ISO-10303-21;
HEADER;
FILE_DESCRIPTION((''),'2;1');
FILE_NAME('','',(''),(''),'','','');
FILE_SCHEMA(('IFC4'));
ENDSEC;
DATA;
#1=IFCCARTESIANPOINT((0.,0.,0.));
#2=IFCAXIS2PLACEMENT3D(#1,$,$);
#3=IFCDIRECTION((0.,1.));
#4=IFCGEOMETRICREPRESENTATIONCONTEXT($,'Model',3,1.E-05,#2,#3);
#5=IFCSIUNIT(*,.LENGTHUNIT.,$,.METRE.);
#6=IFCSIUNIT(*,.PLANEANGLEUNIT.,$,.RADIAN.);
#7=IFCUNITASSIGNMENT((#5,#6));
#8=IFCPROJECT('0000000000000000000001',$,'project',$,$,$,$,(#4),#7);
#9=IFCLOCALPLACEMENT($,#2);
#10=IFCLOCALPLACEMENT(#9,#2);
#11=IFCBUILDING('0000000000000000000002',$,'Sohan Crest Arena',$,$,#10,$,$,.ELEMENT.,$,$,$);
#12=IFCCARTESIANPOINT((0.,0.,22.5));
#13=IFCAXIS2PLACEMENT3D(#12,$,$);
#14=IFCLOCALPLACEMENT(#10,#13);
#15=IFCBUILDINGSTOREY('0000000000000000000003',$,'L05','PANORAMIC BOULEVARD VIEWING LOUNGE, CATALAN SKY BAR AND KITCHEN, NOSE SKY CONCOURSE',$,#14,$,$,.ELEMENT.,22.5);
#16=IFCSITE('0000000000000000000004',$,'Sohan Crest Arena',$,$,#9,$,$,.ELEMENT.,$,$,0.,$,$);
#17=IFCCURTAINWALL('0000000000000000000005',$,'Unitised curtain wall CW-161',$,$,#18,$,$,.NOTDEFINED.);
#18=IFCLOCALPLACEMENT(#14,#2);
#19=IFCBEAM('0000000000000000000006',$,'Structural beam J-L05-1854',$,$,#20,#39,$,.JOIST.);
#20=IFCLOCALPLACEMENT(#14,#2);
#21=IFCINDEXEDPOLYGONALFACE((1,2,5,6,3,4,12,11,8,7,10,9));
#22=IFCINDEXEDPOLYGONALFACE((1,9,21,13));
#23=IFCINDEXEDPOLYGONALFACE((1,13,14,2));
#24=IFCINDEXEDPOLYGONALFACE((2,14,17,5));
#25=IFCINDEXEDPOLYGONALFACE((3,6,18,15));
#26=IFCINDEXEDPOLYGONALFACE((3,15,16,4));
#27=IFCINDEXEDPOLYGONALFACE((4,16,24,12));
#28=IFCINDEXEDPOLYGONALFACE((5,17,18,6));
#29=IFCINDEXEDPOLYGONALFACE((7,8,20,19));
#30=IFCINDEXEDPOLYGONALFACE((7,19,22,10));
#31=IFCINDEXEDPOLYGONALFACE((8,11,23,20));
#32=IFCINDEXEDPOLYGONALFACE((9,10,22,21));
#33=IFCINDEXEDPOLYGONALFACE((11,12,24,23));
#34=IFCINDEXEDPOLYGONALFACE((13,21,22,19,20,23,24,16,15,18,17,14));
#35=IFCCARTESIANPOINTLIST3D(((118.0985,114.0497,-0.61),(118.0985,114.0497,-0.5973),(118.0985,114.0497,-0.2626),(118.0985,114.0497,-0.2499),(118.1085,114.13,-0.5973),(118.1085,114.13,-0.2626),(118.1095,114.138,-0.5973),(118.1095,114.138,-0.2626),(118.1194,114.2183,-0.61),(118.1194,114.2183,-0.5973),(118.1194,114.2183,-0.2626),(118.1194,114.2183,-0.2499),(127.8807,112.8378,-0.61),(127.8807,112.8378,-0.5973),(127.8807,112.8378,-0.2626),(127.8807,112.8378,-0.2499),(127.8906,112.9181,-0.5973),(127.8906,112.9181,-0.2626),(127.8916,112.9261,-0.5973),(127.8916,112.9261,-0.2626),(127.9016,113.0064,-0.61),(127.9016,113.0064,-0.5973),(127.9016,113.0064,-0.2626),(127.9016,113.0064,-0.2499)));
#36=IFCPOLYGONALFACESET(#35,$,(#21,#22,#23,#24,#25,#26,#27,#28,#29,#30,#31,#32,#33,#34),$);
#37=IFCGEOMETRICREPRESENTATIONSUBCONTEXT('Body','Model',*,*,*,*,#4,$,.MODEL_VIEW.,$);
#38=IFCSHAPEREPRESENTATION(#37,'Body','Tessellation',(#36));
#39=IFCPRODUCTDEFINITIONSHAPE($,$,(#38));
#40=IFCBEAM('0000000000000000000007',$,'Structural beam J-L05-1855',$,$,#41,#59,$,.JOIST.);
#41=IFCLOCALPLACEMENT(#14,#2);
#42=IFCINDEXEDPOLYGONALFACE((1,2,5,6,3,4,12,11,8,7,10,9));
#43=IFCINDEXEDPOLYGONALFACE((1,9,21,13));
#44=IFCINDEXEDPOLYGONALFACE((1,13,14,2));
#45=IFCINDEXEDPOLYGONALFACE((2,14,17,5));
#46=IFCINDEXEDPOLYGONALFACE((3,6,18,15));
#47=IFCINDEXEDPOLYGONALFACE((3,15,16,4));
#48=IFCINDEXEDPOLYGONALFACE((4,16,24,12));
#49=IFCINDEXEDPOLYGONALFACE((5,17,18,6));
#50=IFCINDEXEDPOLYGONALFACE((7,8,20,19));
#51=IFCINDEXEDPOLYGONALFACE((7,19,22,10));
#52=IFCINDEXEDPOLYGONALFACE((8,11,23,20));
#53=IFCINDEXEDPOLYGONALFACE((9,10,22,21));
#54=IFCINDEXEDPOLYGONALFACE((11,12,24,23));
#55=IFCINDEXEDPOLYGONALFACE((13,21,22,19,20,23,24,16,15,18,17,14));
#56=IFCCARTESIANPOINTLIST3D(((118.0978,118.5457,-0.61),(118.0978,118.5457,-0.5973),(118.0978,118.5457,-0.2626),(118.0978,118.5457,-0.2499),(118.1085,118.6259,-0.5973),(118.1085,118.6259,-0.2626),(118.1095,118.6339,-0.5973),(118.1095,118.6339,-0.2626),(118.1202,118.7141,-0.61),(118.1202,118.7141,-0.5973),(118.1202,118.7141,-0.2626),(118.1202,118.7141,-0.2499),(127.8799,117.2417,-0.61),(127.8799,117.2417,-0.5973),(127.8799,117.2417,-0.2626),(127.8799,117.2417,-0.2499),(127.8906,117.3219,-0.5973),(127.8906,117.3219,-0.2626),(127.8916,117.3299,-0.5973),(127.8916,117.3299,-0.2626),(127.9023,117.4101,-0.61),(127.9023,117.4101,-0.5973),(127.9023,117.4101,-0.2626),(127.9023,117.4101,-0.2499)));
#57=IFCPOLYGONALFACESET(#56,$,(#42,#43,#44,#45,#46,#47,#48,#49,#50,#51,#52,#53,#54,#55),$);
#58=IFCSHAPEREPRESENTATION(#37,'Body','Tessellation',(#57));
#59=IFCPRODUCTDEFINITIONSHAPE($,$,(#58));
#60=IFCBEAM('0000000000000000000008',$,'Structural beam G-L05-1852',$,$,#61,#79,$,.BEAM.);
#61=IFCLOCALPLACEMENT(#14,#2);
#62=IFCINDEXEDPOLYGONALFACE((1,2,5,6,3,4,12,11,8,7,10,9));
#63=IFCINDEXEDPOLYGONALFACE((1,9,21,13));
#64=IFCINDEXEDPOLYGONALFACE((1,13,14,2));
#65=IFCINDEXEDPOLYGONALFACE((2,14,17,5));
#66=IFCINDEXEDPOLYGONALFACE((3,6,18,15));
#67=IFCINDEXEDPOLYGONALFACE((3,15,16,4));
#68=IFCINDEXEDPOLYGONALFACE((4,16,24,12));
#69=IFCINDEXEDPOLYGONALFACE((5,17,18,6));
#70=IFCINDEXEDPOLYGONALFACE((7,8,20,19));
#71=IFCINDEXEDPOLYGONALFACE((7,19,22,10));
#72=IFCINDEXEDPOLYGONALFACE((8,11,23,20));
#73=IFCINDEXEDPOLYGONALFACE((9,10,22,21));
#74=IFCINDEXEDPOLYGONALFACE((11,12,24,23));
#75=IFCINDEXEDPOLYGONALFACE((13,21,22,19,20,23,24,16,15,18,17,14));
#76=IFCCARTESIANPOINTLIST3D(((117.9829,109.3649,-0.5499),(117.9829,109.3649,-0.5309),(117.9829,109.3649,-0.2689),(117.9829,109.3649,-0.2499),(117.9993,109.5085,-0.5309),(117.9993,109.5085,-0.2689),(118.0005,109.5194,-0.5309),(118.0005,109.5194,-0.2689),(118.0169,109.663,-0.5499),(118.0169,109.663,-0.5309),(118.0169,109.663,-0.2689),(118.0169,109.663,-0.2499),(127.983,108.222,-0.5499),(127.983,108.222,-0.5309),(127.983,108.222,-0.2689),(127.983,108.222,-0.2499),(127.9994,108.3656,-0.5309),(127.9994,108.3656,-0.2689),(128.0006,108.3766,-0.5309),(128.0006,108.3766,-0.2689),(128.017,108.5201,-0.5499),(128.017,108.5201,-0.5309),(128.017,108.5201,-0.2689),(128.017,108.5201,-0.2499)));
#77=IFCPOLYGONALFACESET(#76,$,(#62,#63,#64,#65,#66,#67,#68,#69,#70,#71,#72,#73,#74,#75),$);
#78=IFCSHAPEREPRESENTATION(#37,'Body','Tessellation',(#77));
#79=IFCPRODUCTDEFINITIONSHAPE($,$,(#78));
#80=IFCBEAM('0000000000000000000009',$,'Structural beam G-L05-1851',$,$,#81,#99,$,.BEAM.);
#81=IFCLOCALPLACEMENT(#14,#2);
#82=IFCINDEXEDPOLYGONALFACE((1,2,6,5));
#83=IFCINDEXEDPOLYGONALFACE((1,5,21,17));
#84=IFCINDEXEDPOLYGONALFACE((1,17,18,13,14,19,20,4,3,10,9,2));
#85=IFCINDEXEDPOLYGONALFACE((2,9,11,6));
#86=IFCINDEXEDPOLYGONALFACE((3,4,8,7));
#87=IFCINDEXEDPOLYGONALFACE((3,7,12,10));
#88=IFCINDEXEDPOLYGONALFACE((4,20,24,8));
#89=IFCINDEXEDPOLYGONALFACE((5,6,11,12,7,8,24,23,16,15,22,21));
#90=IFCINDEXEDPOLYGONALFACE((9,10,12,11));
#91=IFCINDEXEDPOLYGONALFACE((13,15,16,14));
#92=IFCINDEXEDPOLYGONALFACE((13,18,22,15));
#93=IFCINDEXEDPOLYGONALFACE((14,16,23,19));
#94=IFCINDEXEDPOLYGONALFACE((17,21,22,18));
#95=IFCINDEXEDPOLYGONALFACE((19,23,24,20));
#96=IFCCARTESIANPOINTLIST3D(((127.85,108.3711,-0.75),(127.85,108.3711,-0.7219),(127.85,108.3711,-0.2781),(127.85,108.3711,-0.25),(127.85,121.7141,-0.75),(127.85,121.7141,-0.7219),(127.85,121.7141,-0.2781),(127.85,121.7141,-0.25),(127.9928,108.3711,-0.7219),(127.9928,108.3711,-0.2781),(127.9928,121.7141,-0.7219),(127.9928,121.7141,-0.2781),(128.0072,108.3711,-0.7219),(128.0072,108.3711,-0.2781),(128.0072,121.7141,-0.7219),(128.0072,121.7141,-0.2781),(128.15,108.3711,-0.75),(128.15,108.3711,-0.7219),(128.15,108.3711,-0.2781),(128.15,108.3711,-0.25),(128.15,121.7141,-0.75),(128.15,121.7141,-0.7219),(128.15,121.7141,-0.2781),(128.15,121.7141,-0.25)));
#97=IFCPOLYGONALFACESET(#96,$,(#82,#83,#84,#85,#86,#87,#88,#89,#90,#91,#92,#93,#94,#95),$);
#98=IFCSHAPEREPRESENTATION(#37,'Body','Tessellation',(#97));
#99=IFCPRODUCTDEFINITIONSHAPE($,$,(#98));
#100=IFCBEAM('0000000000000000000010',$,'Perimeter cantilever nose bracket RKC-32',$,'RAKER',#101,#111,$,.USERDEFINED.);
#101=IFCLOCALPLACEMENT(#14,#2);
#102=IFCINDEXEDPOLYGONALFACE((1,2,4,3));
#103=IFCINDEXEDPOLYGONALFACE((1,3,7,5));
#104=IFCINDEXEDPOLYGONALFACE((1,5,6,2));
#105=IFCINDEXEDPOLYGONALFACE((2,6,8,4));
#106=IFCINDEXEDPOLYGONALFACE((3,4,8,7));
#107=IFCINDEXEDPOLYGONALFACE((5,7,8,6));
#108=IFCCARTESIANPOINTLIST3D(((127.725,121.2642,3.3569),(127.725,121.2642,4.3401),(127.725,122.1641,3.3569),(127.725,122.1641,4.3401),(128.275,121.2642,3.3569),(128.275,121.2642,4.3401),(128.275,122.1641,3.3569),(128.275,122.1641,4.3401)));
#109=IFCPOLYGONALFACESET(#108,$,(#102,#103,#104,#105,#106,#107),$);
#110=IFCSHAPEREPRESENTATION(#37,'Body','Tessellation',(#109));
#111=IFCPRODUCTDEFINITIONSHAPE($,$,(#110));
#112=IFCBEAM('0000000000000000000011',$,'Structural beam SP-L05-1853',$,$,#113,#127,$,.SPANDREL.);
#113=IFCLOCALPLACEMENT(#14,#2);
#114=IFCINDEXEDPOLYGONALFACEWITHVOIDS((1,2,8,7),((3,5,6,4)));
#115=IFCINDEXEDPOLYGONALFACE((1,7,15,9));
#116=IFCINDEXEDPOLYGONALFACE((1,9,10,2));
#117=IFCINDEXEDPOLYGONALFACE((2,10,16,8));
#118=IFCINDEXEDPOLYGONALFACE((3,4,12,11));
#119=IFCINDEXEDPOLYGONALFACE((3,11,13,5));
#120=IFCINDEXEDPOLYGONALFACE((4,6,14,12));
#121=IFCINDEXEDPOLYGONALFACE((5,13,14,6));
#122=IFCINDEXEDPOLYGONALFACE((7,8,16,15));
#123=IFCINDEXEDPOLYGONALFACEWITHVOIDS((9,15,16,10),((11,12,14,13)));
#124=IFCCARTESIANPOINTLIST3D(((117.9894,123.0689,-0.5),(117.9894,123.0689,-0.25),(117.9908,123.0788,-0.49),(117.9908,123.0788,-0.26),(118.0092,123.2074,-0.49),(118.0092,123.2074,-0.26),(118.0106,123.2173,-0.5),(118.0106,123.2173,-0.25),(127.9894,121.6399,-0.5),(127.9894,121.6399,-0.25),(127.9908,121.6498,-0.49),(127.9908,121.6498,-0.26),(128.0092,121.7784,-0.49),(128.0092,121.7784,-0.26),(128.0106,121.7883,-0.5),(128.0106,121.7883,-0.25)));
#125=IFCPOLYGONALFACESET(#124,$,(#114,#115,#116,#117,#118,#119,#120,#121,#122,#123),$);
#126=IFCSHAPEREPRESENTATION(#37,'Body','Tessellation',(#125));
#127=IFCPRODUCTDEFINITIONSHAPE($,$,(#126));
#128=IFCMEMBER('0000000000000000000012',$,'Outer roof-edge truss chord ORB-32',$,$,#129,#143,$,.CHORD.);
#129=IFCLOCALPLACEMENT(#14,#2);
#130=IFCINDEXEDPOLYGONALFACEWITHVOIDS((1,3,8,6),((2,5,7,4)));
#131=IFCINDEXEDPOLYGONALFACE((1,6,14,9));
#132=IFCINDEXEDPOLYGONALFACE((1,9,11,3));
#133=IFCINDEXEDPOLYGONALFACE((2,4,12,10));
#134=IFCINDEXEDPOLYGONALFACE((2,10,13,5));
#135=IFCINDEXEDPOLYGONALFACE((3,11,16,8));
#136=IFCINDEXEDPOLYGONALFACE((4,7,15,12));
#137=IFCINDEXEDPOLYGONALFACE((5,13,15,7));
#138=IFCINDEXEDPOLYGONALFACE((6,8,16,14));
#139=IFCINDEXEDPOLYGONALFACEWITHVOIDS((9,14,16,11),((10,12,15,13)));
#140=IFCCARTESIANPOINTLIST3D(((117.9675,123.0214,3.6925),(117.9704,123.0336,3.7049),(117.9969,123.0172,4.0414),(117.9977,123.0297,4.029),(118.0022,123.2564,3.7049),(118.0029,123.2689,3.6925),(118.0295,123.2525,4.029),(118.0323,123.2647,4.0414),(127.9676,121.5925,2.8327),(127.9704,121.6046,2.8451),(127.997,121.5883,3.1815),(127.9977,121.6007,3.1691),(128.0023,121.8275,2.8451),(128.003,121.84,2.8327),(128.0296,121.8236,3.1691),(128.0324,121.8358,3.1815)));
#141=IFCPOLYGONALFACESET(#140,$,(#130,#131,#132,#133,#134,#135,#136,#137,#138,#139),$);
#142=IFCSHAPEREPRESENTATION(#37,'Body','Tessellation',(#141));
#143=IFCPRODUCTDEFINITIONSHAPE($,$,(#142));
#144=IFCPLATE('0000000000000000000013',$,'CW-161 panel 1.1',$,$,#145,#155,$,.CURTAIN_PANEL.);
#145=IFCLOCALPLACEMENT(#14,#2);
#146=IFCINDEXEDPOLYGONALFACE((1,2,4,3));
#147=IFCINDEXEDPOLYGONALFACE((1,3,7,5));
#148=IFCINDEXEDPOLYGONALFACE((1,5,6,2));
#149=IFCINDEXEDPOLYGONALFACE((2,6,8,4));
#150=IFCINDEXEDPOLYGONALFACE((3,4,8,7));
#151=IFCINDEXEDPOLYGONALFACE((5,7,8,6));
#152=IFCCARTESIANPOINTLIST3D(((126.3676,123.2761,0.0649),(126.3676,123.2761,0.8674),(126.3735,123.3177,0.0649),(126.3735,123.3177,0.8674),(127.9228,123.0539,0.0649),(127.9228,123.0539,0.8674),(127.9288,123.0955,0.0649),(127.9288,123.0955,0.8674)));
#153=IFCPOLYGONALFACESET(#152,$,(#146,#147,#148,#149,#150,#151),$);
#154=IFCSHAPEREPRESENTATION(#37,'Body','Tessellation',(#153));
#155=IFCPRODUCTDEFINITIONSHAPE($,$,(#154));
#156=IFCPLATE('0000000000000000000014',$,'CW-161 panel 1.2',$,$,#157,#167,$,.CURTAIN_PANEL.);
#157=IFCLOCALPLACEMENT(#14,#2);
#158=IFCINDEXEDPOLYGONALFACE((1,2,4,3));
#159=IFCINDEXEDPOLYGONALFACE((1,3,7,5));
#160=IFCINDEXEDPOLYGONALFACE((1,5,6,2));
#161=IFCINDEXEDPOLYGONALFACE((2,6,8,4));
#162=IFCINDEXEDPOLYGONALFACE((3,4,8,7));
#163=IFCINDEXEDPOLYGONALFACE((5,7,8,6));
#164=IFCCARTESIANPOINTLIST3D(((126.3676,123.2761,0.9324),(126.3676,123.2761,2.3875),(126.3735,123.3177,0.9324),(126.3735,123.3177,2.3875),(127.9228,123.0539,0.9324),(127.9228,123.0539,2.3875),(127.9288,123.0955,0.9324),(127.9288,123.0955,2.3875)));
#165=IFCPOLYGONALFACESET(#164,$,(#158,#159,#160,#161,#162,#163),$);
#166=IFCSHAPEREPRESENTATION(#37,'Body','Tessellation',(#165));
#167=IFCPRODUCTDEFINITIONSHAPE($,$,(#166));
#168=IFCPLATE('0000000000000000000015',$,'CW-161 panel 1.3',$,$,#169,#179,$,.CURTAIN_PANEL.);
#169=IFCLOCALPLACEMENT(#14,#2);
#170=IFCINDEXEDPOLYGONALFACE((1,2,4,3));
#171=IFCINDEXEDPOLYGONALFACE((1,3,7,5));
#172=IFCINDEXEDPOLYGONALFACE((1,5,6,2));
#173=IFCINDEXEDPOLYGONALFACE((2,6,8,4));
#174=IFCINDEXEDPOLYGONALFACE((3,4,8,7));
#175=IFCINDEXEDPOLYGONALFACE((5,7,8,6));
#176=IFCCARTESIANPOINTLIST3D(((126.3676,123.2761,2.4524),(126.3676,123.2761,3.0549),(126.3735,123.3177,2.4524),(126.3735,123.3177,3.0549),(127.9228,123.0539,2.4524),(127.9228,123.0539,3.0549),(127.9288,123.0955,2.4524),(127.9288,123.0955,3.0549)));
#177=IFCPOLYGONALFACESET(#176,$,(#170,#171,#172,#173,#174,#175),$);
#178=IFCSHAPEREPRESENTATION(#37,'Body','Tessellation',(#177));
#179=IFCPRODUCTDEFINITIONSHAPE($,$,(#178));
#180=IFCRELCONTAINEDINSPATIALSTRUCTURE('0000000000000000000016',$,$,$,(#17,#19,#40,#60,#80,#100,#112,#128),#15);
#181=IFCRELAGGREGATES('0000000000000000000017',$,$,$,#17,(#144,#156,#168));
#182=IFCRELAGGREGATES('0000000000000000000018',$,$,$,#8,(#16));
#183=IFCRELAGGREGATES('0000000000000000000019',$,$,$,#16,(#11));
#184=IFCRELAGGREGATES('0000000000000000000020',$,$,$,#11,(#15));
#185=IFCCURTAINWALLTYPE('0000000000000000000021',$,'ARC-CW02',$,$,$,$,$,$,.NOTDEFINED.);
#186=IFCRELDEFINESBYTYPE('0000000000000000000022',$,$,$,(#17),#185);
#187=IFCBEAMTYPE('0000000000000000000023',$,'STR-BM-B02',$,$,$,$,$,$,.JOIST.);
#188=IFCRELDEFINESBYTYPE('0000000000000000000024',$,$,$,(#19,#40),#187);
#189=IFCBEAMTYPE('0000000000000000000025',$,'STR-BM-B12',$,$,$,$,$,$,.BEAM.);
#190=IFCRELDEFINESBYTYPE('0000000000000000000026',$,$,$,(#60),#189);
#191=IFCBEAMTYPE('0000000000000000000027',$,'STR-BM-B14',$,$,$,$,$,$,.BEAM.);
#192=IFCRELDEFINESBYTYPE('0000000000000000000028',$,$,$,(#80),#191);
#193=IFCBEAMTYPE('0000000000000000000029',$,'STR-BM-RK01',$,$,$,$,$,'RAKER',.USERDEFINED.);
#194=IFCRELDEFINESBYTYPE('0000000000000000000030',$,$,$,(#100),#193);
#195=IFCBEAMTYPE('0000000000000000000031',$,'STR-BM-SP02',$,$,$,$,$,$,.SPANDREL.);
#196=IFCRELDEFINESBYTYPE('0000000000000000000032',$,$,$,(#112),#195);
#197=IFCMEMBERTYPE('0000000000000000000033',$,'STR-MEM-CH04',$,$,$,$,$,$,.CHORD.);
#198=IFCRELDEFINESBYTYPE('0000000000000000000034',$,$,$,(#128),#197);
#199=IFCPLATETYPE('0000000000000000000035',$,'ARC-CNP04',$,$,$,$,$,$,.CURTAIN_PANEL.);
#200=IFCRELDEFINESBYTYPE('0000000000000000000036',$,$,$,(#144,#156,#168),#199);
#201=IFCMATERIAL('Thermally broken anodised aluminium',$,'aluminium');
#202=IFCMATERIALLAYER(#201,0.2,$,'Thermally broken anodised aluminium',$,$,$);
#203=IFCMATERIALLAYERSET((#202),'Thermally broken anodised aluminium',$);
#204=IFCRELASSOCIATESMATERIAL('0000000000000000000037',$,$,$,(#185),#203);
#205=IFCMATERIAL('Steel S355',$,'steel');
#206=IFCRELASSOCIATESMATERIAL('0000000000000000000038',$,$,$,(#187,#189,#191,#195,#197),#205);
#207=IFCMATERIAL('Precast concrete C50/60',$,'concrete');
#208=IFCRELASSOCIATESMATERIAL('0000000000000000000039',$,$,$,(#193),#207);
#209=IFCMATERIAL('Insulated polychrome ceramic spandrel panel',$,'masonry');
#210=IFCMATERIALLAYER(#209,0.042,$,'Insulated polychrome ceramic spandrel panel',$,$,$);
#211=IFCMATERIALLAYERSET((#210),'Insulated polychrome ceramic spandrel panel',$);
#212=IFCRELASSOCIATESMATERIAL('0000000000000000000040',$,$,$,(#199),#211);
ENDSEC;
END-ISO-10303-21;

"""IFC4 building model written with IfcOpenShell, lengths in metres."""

from ifc_helpers import new_model, si_unit, direction, frame, origin, origin_2d, place, context, subcontext, project, spatial, rectangle, hollow_rectangle, i_section, extrude, material, layer, layer_set, material_profile, profile_set, type_object, element, aggregate, save


model = new_model("IFC4")

# Units and contexts
model_context = context("Model", 3, precision=1e-05, world=origin(), true_north=direction((0.0, 1.0)))
body_context = subcontext(model_context, "Body", "Model", "MODEL_VIEW")
ifc_project = project(units=[si_unit("LENGTHUNIT", "METRE"), si_unit("PLANEANGLEUNIT", "RADIAN")], contexts=[model_context])

# Site, building, storey
site_placement = place(None, origin())
site = spatial("IfcSite", under=ifc_project, at=site_placement, Name="Sohan Crest Arena", CompositionType="ELEMENT", RefElevation=0.0)
building_placement = place(site_placement, origin())
building = spatial("IfcBuilding", under=site, at=building_placement, Name="Sohan Crest Arena", CompositionType="ELEMENT")
storey_placement = place(building_placement, frame((0.0, 0.0, 22.5)))
storey = spatial("IfcBuildingStorey", under=building, at=storey_placement, Name="L05", Description="PANORAMIC BOULEVARD VIEWING LOUNGE, CATALAN SKY BAR AND KITCHEN, NOSE SKY CONCOURSE", CompositionType="ELEMENT", Elevation=22.5)

# Shared definitions
ifc_material_1 = material(Name="Steel S355", Category="steel")

# Curtain wall
ifc_material_2 = material(Name="Thermally broken anodised aluminium", Category="aluminium")
ifc_layer_1 = layer(ifc_material_2, 0.2, Name="Thermally broken anodised aluminium")
ifc_layer_set_1 = layer_set([ifc_layer_1], Name="Thermally broken anodised aluminium")
curtain_wall_type_1 = type_object("IfcCurtainWallType", Name="ARC-CW02", PredefinedType="NOTDEFINED", material=ifc_layer_set_1)
curtain_wall_1_placement = place(storey_placement, origin())
curtain_wall_1 = element("IfcCurtainWall", 1, at=curtain_wall_1_placement, inside=storey, type_object=curtain_wall_type_1, Name="Unitised curtain wall CW-161", PredefinedType="NOTDEFINED")

# Beams
ifc_material_profile_1 = material_profile(ifc_material_1, i_section(OverallWidth=0.1699, OverallDepth=0.3601, WebThickness=0.0081, FlangeThickness=0.0127, at=origin_2d()), Name="IPE 360")
ifc_profile_set_1 = profile_set([ifc_material_profile_1], Name="Steel S355")
beam_type_1 = type_object("IfcBeamType", Name="STR-BM-B02", PredefinedType="JOIST", material=ifc_profile_set_1)
beam_1_placement = place(storey_placement, frame((127.8911, 112.9221, -0.4299), z_axis=(-0.992413, 0.122949, 0.0), x_axis=(-0.122949, -0.992413, 0.0)))
element("IfcBeam", 2, at=beam_1_placement, inside=storey, type_object=beam_type_1, Name="Structural beam J-L05-1854", PredefinedType="JOIST", context=body_context, shape_type="SweptSolid", body=[
    extrude(i_section(OverallWidth=0.1699, OverallDepth=0.3601, WebThickness=0.0081, FlangeThickness=0.0127, at=origin_2d()), origin(), (0.0, 0.0, 1.0), 9.8569),
])
beam_2_placement = place(storey_placement, frame((127.8911, 117.3259, -0.4299), z_axis=(-0.991232, 0.13213, 0.0), x_axis=(-0.13213, -0.991232, 0.0)))
element("IfcBeam", 3, at=beam_2_placement, inside=storey, type_object=beam_type_1, Name="Structural beam J-L05-1855", PredefinedType="JOIST", context=body_context, shape_type="SweptSolid", body=[
    extrude(i_section(OverallWidth=0.1699, OverallDepth=0.3601, WebThickness=0.0081, FlangeThickness=0.0127, at=origin_2d()), origin(), (0.0, 0.0, 1.0), 9.8687),
])
ifc_material_profile_2 = material_profile(ifc_material_1, i_section(OverallWidth=0.3, OverallDepth=0.3, WebThickness=0.011, FlangeThickness=0.019, at=origin_2d()), Name="HEB 300")
ifc_profile_set_2 = profile_set([ifc_material_profile_2], Name="Steel S355")
beam_type_2 = type_object("IfcBeamType", Name="STR-BM-B12", PredefinedType="BEAM", material=ifc_profile_set_2)
beam_3_placement = place(storey_placement, frame((128.0, 108.3711, -0.3999), z_axis=(-0.993533, 0.113543, 0.0), x_axis=(-0.113543, -0.993533, 0.0)))
element("IfcBeam", 4, at=beam_3_placement, inside=storey, type_object=beam_type_2, Name="Structural beam G-L05-1852", PredefinedType="BEAM", context=body_context, shape_type="SweptSolid", body=[
    extrude(i_section(OverallWidth=0.3, OverallDepth=0.3, WebThickness=0.011, FlangeThickness=0.019, at=origin_2d()), origin(), (0.0, 0.0, 1.0), 10.0652),
])
ifc_material_profile_3 = material_profile(ifc_material_1, i_section(OverallWidth=0.3, OverallDepth=0.5, WebThickness=0.0144, FlangeThickness=0.0281, at=origin_2d()), Name="HEB 500")
ifc_profile_set_3 = profile_set([ifc_material_profile_3], Name="Steel S355")
beam_type_3 = type_object("IfcBeamType", Name="STR-BM-B14", PredefinedType="BEAM", material=ifc_profile_set_3)
beam_4_placement = place(storey_placement, frame((128.0, 108.3711, -0.5), z_axis=(0.0, 1.0, 0.0), x_axis=(-1.0, 0.0, 0.0)))
element("IfcBeam", 5, at=beam_4_placement, inside=storey, type_object=beam_type_3, Name="Structural beam G-L05-1851", PredefinedType="BEAM", context=body_context, shape_type="SweptSolid", body=[
    extrude(i_section(OverallWidth=0.3, OverallDepth=0.5, WebThickness=0.0144, FlangeThickness=0.0281, at=origin_2d()), origin(), (0.0, 0.0, 1.0), 13.343),
])
ifc_material_3 = material(Name="Precast concrete C50/60", Category="concrete")
ifc_material_profile_4 = material_profile(ifc_material_3, rectangle(XDim=0.55, YDim=0.8999, at=origin_2d()), Name="RAKER 550x900")
ifc_profile_set_4 = profile_set([ifc_material_profile_4], Name="Precast concrete C50/60")
beam_type_4 = type_object("IfcBeamType", Name="STR-BM-RK01", ElementType="RAKER", PredefinedType="USERDEFINED", material=ifc_profile_set_4)
beam_5_placement = place(storey_placement, frame((128.0, 121.7141, 3.3569), z_axis=(0.0, 0.0, 1.0), x_axis=(1.0, 0.0, 0.0)))
element("IfcBeam", 6, at=beam_5_placement, inside=storey, type_object=beam_type_4, Name="Perimeter cantilever nose bracket RKC-32", ObjectType="RAKER", PredefinedType="USERDEFINED", context=body_context, shape_type="SweptSolid", body=[
    extrude(rectangle(XDim=0.55, YDim=0.8999, at=origin_2d()), origin(), (0.0, 0.0, 1.0), 0.9832),
])
ifc_material_profile_5 = material_profile(ifc_material_1, hollow_rectangle(XDim=0.1499, YDim=0.25, WallThickness=0.01, at=origin_2d()), Name="RHS 250x150x10")
ifc_profile_set_5 = profile_set([ifc_material_profile_5], Name="Steel S355")
beam_type_5 = type_object("IfcBeamType", Name="STR-BM-SP02", PredefinedType="SPANDREL", material=ifc_profile_set_5)
beam_6_placement = place(storey_placement, frame((128.0, 121.7141, -0.375), z_axis=(-0.989944, 0.141459, 0.0), x_axis=(-0.141459, -0.989944, 0.0)))
element("IfcBeam", 7, at=beam_6_placement, inside=storey, type_object=beam_type_5, Name="Structural beam SP-L05-1853", PredefinedType="SPANDREL", context=body_context, shape_type="SweptSolid", body=[
    extrude(hollow_rectangle(XDim=0.1499, YDim=0.25, WallThickness=0.01, at=origin_2d()), origin(), (0.0, 0.0, 1.0), 10.1016),
])

# Member
ifc_material_profile_6 = material_profile(ifc_material_1, hollow_rectangle(XDim=0.25, YDim=0.3501, WallThickness=0.0125, at=origin_2d()), Name="RHS 350x250x12.5")
ifc_profile_set_6 = profile_set([ifc_material_profile_6], Name="Steel S355")
member_type_1 = type_object("IfcMemberType", Name="STR-MEM-CH04", PredefinedType="CHORD", material=ifc_profile_set_6)
member_1_placement = place(storey_placement, frame((128.0, 121.7141, 3.0071), z_axis=(-0.986377, 0.140949, 0.084815), x_axis=(-0.141459, -0.989944, 0.0)))
element("IfcMember", 8, at=member_1_placement, inside=storey, type_object=member_type_1, Name="Outer roof-edge truss chord ORB-32", PredefinedType="CHORD", context=body_context, shape_type="SweptSolid", body=[
    extrude(hollow_rectangle(XDim=0.25, YDim=0.3501, WallThickness=0.0125, at=origin_2d()), origin(), (0.0, 0.0, 1.0), 10.1382),
])

# Plates
ifc_material_4 = material(Name="Insulated polychrome ceramic spandrel panel", Category="masonry")
ifc_layer_2 = layer(ifc_material_4, 0.042, Name="Insulated polychrome ceramic spandrel panel")
ifc_layer_set_2 = layer_set([ifc_layer_2], Name="Insulated polychrome ceramic spandrel panel")
plate_type_1 = type_object("IfcPlateType", Name="ARC-CNP04", PredefinedType="CURTAIN_PANEL", material=ifc_layer_set_2)
plate_1_placement = place(storey_placement, frame((127.1482, 123.1858, 0.0649), z_axis=(0.0, 0.0, 1.0), x_axis=(-0.989944, 0.141463, 0.0)))
plate_1 = element("IfcPlate", 9, at=plate_1_placement, type_object=plate_type_1, Name="CW-161 panel 1.1", PredefinedType="CURTAIN_PANEL", context=body_context, shape_type="SweptSolid", body=[
    extrude(rectangle(XDim=1.571, YDim=0.042, at=origin_2d()), origin(), (0.0, 0.0, 1.0), 0.8025),
])
plate_2_placement = place(storey_placement, frame((127.1482, 123.1858, 0.9324), z_axis=(0.0, 0.0, 1.0), x_axis=(-0.989944, 0.141463, 0.0)))
plate_2 = element("IfcPlate", 10, at=plate_2_placement, type_object=plate_type_1, Name="CW-161 panel 1.2", PredefinedType="CURTAIN_PANEL", context=body_context, shape_type="SweptSolid", body=[
    extrude(rectangle(XDim=1.571, YDim=0.042, at=origin_2d()), origin(), (0.0, 0.0, 1.0), 1.4551),
])
plate_3_placement = place(storey_placement, frame((127.1482, 123.1858, 2.4524), z_axis=(0.0, 0.0, 1.0), x_axis=(-0.989944, 0.141463, 0.0)))
plate_3 = element("IfcPlate", 11, at=plate_3_placement, type_object=plate_type_1, Name="CW-161 panel 1.3", PredefinedType="CURTAIN_PANEL", context=body_context, shape_type="SweptSolid", body=[
    extrude(rectangle(XDim=1.571, YDim=0.042, at=origin_2d()), origin(), (0.0, 0.0, 1.0), 0.6025),
])
aggregate(curtain_wall_1, [plate_1, plate_2, plate_3])

save(model, "model.ifc")
